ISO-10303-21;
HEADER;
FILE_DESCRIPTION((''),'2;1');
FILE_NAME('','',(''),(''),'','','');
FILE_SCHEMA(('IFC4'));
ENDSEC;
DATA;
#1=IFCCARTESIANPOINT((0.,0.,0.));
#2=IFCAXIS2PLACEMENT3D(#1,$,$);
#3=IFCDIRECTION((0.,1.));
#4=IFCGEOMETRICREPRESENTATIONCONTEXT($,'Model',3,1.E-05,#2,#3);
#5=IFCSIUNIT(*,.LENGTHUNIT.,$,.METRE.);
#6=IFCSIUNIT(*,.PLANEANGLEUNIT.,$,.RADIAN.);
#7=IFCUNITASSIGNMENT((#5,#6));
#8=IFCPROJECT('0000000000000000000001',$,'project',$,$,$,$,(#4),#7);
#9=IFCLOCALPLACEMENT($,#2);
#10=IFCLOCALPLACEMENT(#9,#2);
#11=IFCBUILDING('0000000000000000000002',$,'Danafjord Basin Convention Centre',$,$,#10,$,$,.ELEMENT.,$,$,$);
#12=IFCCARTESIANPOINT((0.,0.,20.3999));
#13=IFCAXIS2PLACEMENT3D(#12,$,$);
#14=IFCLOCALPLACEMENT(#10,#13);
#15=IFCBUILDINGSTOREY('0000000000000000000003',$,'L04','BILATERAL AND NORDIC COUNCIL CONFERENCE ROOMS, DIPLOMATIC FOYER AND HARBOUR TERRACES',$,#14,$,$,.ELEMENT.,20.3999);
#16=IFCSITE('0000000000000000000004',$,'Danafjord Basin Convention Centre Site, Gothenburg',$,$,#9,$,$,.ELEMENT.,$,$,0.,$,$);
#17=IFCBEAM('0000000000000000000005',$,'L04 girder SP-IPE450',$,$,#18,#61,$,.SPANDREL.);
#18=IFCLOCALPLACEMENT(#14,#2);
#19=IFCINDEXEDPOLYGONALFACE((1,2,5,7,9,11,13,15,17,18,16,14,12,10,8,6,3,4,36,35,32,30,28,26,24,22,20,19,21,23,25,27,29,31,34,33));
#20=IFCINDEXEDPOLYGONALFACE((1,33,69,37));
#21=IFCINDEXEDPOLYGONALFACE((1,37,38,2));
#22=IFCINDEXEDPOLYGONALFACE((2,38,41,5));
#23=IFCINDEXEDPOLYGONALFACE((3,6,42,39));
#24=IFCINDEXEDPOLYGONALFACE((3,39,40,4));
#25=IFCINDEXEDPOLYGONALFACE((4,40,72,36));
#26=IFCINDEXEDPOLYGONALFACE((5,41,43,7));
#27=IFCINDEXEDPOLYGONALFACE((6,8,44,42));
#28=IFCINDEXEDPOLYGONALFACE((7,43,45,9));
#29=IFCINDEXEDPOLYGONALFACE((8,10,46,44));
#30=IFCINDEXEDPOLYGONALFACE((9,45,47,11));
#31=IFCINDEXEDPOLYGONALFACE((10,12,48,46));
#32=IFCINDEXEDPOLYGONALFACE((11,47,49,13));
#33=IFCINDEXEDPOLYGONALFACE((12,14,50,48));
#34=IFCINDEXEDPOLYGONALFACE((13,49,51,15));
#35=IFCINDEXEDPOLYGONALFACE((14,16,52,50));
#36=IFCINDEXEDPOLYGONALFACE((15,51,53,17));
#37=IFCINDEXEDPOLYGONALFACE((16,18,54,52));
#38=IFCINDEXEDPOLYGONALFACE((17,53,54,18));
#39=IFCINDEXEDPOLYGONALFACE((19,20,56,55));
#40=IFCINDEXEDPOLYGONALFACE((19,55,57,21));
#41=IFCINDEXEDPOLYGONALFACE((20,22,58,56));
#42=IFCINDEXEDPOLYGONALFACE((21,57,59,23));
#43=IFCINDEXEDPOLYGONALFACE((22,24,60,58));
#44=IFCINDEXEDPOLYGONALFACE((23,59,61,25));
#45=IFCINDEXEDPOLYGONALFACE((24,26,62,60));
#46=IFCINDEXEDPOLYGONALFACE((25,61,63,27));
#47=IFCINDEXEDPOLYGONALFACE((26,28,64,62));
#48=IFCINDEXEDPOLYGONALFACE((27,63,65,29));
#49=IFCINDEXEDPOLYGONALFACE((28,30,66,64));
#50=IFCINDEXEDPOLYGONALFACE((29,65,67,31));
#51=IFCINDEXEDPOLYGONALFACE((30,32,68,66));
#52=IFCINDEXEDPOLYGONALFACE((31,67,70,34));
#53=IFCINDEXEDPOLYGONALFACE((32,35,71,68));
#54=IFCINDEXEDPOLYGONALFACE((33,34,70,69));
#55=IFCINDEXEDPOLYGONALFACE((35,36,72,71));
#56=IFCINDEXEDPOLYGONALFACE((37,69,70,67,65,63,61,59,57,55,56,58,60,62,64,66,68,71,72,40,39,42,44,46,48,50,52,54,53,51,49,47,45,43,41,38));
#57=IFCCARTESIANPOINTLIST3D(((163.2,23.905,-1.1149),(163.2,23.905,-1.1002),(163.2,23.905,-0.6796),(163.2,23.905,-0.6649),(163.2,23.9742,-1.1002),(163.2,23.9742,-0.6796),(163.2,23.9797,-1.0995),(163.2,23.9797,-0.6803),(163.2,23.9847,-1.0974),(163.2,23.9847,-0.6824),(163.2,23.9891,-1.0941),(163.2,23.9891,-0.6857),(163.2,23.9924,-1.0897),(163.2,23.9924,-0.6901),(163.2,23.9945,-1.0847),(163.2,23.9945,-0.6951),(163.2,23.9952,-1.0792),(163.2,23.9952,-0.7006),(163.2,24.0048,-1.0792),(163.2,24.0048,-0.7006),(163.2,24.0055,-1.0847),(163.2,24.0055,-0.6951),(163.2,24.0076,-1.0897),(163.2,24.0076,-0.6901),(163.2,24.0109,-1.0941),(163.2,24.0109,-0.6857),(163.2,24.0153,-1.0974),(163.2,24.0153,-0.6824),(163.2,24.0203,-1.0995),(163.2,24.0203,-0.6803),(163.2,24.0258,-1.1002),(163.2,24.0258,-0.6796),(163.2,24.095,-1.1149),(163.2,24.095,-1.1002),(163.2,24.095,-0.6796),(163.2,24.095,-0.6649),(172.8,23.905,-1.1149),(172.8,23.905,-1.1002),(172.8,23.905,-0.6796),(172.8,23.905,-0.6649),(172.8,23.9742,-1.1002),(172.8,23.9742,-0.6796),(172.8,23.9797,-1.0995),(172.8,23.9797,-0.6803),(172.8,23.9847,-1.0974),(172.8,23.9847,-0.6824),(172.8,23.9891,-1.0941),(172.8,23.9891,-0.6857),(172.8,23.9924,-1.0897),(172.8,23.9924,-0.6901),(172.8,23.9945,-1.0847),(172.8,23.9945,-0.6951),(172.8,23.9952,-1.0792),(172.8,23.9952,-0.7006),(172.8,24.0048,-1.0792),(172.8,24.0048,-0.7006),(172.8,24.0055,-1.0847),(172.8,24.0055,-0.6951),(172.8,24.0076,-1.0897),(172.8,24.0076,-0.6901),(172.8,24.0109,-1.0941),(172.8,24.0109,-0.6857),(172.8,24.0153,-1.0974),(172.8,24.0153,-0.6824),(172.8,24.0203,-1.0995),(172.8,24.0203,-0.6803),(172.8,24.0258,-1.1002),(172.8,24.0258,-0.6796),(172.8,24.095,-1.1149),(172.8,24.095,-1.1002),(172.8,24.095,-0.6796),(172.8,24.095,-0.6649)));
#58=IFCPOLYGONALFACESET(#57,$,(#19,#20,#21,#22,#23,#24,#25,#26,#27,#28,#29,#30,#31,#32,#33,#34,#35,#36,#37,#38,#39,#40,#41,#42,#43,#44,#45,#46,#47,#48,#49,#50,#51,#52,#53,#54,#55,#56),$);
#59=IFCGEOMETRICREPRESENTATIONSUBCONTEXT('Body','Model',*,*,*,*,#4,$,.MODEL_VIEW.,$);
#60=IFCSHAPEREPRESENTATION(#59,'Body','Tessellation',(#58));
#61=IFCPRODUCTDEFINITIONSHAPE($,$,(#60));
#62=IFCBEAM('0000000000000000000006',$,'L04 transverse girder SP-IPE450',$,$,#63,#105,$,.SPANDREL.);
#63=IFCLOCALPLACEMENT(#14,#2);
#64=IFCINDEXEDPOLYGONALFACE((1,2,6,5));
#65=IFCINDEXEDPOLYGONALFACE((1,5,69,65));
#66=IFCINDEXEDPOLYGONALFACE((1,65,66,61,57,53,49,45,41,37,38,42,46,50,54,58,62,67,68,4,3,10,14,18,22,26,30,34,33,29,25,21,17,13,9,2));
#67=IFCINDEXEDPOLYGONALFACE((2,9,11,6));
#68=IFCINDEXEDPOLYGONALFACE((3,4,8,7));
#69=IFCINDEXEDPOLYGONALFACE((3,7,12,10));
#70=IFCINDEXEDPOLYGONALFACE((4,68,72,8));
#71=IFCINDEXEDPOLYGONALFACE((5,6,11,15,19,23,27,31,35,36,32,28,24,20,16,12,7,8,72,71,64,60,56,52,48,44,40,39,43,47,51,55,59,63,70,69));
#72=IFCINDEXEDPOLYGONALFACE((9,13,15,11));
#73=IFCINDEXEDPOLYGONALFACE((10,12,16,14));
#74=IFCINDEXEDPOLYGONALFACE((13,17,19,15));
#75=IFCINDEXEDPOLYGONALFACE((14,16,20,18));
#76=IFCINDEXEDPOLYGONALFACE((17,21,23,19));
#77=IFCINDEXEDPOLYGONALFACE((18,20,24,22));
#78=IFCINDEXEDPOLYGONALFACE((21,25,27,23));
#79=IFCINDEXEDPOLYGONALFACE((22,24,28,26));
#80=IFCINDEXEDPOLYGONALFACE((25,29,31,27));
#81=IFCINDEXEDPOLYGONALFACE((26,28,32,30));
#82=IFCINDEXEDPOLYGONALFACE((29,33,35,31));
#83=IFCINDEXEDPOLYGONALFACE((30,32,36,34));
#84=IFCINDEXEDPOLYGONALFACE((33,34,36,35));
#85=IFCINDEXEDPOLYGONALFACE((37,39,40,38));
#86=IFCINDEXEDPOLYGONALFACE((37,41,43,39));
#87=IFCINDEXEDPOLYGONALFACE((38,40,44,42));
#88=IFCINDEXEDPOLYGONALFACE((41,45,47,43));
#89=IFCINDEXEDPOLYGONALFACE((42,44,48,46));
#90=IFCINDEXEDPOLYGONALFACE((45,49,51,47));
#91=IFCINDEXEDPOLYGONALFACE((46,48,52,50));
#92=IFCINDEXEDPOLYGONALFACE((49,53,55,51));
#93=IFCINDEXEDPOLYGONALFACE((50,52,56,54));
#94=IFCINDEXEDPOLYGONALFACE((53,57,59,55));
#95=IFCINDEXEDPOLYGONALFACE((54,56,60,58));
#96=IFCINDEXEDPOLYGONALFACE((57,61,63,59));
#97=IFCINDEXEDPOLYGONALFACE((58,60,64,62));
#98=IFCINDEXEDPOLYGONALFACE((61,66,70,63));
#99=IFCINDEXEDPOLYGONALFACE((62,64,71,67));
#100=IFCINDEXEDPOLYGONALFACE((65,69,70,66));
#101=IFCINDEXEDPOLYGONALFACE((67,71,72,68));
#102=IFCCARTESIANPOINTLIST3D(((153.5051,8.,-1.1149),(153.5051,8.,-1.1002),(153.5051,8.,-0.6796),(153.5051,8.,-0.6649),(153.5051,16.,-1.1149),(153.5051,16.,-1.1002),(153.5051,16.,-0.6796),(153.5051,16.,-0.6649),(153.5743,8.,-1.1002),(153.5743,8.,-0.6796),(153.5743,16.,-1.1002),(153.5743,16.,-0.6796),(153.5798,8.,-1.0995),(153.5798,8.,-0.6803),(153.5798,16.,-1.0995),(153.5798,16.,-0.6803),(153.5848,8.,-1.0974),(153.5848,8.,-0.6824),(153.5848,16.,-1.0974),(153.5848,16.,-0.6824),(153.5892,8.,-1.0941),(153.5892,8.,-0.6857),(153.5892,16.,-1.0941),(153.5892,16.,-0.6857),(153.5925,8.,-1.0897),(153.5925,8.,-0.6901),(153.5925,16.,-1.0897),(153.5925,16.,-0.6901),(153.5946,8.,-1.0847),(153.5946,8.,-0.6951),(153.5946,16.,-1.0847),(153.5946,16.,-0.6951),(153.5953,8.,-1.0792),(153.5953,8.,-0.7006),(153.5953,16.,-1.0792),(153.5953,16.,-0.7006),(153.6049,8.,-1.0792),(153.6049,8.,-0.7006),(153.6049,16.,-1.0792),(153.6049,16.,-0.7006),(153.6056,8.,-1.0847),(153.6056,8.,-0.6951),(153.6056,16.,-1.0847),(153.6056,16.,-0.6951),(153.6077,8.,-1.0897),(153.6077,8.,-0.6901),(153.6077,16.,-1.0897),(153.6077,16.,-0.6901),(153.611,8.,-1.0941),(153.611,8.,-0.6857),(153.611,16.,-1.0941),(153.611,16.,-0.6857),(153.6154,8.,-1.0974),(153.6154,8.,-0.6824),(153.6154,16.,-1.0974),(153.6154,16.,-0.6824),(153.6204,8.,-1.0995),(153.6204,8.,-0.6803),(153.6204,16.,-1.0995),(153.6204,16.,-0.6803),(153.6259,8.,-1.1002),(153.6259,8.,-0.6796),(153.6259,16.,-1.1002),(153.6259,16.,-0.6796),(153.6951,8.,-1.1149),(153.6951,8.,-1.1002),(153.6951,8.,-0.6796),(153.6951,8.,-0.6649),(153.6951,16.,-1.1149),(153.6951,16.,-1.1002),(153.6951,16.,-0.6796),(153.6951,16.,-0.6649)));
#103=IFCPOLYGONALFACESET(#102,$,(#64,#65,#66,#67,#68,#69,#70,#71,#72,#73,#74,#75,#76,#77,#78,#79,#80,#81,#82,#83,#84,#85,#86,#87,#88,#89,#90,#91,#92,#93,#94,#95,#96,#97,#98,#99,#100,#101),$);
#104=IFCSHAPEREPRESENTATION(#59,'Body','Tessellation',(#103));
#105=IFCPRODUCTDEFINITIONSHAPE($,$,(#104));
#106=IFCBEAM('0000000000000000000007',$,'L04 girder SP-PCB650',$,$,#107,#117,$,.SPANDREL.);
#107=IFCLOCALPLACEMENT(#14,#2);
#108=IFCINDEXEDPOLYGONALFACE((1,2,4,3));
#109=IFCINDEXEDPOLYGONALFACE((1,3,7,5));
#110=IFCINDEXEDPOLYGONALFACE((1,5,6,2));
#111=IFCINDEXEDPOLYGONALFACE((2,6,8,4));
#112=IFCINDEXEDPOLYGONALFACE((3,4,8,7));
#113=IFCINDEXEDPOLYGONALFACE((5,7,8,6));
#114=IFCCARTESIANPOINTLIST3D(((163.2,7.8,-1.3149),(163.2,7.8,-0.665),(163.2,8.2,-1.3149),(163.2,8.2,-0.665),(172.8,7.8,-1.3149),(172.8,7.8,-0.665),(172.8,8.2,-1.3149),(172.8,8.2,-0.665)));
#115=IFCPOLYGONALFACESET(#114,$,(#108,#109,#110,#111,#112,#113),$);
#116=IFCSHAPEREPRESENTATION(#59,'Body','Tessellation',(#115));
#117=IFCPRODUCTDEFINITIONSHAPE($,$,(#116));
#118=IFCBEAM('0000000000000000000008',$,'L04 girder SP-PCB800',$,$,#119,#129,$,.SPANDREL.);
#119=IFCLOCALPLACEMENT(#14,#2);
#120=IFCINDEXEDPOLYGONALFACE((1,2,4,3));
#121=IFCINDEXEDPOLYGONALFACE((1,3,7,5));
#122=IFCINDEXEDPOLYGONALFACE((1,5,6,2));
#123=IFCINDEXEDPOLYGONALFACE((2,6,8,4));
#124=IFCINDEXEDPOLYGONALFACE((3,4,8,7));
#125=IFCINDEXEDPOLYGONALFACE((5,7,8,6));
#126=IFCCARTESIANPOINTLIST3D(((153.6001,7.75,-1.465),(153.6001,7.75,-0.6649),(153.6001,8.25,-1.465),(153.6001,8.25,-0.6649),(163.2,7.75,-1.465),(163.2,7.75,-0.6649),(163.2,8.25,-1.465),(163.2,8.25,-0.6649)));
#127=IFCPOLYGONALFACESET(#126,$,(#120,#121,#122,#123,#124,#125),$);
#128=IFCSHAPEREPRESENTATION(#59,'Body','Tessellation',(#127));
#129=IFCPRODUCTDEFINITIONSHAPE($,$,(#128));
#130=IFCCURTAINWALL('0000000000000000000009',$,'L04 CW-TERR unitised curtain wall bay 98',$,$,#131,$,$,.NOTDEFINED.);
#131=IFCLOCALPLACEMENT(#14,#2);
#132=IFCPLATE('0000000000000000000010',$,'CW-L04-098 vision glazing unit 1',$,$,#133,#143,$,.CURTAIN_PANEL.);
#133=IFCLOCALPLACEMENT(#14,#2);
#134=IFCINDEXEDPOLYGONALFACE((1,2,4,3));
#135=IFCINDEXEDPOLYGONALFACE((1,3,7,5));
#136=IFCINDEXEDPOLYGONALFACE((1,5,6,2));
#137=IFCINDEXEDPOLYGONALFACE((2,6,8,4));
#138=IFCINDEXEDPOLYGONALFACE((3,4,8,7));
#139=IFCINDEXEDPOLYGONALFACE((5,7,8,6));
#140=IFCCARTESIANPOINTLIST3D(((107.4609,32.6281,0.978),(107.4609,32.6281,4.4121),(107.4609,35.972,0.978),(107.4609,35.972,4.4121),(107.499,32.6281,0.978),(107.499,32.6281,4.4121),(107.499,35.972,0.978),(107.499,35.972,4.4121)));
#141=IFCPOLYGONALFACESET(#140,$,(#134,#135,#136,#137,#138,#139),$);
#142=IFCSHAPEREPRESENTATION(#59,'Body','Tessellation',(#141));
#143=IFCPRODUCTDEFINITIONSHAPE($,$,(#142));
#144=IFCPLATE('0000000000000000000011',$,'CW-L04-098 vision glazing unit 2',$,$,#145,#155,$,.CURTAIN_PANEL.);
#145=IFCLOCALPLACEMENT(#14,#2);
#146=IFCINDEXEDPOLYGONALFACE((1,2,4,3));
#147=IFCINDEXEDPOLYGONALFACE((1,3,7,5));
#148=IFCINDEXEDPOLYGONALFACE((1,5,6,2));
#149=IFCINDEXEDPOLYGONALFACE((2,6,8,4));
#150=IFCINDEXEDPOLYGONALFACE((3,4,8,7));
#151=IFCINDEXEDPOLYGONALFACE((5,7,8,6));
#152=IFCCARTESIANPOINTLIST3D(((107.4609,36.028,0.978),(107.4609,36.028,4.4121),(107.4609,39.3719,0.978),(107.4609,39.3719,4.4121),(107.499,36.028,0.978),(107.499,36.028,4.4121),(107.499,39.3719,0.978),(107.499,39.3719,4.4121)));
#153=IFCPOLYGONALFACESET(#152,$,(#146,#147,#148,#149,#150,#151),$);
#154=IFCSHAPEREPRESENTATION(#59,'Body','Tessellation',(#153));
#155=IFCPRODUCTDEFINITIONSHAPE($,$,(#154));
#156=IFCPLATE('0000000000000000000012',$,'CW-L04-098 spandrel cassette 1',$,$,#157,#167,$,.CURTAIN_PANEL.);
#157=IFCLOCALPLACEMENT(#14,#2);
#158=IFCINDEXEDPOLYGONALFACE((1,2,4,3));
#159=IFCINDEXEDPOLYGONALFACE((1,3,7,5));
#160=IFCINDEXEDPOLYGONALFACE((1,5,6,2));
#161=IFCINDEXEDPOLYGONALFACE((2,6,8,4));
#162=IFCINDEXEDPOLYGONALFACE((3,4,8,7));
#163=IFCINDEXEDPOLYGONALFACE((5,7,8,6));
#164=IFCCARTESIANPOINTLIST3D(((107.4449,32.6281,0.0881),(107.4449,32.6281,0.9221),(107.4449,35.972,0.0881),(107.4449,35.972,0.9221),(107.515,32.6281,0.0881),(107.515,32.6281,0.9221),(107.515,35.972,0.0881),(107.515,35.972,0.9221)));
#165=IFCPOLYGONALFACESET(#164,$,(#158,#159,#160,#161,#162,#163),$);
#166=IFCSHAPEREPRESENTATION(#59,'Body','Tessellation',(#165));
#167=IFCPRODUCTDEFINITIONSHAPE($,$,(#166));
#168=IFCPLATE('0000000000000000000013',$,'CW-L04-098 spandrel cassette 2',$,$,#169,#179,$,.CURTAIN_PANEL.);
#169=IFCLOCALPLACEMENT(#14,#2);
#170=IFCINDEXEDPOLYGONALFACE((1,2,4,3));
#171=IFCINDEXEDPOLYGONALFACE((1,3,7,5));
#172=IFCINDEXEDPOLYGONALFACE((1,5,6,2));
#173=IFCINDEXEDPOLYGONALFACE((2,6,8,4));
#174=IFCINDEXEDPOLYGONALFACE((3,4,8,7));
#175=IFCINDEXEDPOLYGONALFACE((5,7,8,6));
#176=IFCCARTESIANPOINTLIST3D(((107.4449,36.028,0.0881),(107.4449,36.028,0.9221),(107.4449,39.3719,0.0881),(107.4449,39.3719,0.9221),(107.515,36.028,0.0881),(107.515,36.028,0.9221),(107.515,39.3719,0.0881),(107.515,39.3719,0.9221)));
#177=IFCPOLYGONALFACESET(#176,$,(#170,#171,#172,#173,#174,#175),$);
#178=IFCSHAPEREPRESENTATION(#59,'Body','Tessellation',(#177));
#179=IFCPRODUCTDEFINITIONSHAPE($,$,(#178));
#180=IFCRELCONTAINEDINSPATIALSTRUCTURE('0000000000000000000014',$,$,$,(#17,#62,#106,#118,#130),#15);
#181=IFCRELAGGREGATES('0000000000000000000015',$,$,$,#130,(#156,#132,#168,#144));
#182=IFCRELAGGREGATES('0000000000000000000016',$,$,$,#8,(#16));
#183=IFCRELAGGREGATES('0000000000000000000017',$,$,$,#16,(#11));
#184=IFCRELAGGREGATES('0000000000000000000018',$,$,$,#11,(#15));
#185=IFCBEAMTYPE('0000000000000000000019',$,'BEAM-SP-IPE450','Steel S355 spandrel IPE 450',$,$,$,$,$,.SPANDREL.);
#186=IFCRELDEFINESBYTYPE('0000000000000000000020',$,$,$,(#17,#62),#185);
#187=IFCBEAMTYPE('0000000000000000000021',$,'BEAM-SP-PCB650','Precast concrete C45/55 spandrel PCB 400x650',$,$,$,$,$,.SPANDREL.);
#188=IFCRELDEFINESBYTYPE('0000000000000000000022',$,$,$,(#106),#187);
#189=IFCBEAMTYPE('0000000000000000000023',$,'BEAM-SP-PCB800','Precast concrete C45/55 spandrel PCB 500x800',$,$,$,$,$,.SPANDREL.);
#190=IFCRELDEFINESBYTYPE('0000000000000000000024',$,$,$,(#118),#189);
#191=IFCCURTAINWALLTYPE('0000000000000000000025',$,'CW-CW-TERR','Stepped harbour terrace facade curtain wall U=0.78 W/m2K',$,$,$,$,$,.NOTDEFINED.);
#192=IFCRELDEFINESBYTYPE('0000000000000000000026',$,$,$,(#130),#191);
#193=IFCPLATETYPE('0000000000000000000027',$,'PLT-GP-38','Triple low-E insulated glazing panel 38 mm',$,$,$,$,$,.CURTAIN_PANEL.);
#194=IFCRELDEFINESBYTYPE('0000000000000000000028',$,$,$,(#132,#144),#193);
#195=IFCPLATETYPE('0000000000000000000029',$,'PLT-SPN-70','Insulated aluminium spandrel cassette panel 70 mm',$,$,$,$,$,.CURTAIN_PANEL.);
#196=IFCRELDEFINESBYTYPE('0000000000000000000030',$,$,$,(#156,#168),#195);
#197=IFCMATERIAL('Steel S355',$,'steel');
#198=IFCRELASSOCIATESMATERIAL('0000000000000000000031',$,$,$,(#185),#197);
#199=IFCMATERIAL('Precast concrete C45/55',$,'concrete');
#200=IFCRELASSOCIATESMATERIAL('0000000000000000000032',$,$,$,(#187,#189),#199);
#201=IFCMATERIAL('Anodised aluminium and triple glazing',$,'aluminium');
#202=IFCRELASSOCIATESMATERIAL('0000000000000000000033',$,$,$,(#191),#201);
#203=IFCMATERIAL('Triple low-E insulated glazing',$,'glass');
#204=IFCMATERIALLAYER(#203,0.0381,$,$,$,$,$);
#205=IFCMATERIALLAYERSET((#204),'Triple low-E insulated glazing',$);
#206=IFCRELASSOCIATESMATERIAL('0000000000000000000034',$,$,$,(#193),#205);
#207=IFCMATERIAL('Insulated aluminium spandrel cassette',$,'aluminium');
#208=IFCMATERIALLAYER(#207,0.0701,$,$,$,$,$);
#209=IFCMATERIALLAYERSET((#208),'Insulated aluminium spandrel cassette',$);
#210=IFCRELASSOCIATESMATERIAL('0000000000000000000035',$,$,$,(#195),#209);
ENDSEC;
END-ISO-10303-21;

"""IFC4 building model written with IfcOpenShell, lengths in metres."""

from ifc_helpers import new_model, si_unit, direction, frame, origin, origin_2d, place, context, subcontext, project, spatial, rectangle, i_section, extrude, material, layer, layer_set, material_profile, profile_set, type_object, element, aggregate, save


model = new_model("IFC4")

# Units and contexts
model_context = context("Model", 3, precision=1e-05, world=origin(), true_north=direction((0.0, 1.0)))
body_context = subcontext(model_context, "Body", "Model", "MODEL_VIEW")
ifc_project = project(units=[si_unit("LENGTHUNIT", "METRE"), si_unit("PLANEANGLEUNIT", "RADIAN")], contexts=[model_context])

# Site, building, storey
site_placement = place(None, origin())
site = spatial("IfcSite", under=ifc_project, at=site_placement, Name="Danafjord Basin Convention Centre Site, Gothenburg", CompositionType="ELEMENT", RefElevation=0.0)
building_placement = place(site_placement, origin())
building = spatial("IfcBuilding", under=site, at=building_placement, Name="Danafjord Basin Convention Centre", CompositionType="ELEMENT")
storey_placement = place(building_placement, frame((0.0, 0.0, 20.3999)))
storey = spatial("IfcBuildingStorey", under=building, at=storey_placement, Name="L04", Description="BILATERAL AND NORDIC COUNCIL CONFERENCE ROOMS, DIPLOMATIC FOYER AND HARBOUR TERRACES", CompositionType="ELEMENT", Elevation=20.3999)

# Beams
ifc_material_1 = material(Name="Steel S355", Category="steel")
ifc_material_profile_1 = material_profile(ifc_material_1, i_section(OverallWidth=0.1899, OverallDepth=0.45, WebThickness=0.0095, FlangeThickness=0.0146, FilletRadius=0.021, at=origin_2d()), Name="IPE 450")
ifc_profile_set_1 = profile_set([ifc_material_profile_1], Name="Steel S355")
beam_type_1 = type_object("IfcBeamType", Name="BEAM-SP-IPE450", Description="Steel S355 spandrel IPE 450", PredefinedType="SPANDREL", material=ifc_profile_set_1)
beam_1_placement = place(storey_placement, frame((163.2, 24.0, -0.8899), z_axis=(1.0, 0.0, 0.0), x_axis=(0.0, 1.0, 0.0)))
element("IfcBeam", 1, at=beam_1_placement, inside=storey, type_object=beam_type_1, Name="L04 girder SP-IPE450", PredefinedType="SPANDREL", context=body_context, shape_type="SweptSolid", body=[
    extrude(i_section(OverallWidth=0.1899, OverallDepth=0.45, WebThickness=0.0095, FlangeThickness=0.0146, FilletRadius=0.021, at=origin_2d()), origin(), (0.0, 0.0, 1.0), 9.6001),
])
beam_2_placement = place(storey_placement, frame((153.6001, 8.0, -0.8899), z_axis=(0.0, 1.0, 0.0), x_axis=(-1.0, 0.0, 0.0)))
element("IfcBeam", 2, at=beam_2_placement, inside=storey, type_object=beam_type_1, Name="L04 transverse girder SP-IPE450", PredefinedType="SPANDREL", context=body_context, shape_type="SweptSolid", body=[
    extrude(i_section(OverallWidth=0.1899, OverallDepth=0.45, WebThickness=0.0095, FlangeThickness=0.0146, FilletRadius=0.021, at=origin_2d()), origin(), (0.0, 0.0, 1.0), 8.0),
])
ifc_material_2 = material(Name="Precast concrete C45/55", Category="concrete")
ifc_material_profile_2 = material_profile(ifc_material_2, rectangle(XDim=0.3999, YDim=0.6499, at=origin_2d()), Name="PCB 400x650")
ifc_profile_set_2 = profile_set([ifc_material_profile_2], Name="Precast concrete C45/55")
beam_type_2 = type_object("IfcBeamType", Name="BEAM-SP-PCB650", Description="Precast concrete C45/55 spandrel PCB 400x650", PredefinedType="SPANDREL", material=ifc_profile_set_2)
beam_3_placement = place(storey_placement, frame((163.2, 8.0, -0.99), z_axis=(1.0, 0.0, 0.0), x_axis=(0.0, 1.0, 0.0)))
element("IfcBeam", 3, at=beam_3_placement, inside=storey, type_object=beam_type_2, Name="L04 girder SP-PCB650", PredefinedType="SPANDREL", context=body_context, shape_type="SweptSolid", body=[
    extrude(rectangle(XDim=0.3999, YDim=0.6499, at=origin_2d()), origin(), (0.0, 0.0, 1.0), 9.6001),
])
ifc_material_profile_3 = material_profile(ifc_material_2, rectangle(XDim=0.5, YDim=0.8, at=origin_2d()), Name="PCB 500x800")
ifc_profile_set_3 = profile_set([ifc_material_profile_3], Name="Precast concrete C45/55")
beam_type_3 = type_object("IfcBeamType", Name="BEAM-SP-PCB800", Description="Precast concrete C45/55 spandrel PCB 500x800", PredefinedType="SPANDREL", material=ifc_profile_set_3)
beam_4_placement = place(storey_placement, frame((153.6001, 8.0, -1.0649), z_axis=(1.0, 0.0, 0.0), x_axis=(0.0, 1.0, 0.0)))
element("IfcBeam", 4, at=beam_4_placement, inside=storey, type_object=beam_type_3, Name="L04 girder SP-PCB800", PredefinedType="SPANDREL", context=body_context, shape_type="SweptSolid", body=[
    extrude(rectangle(XDim=0.5, YDim=0.8, at=origin_2d()), origin(), (0.0, 0.0, 1.0), 9.5999),
])

# Curtain wall, plates
ifc_material_3 = material(Name="Anodised aluminium and triple glazing", Category="aluminium")
curtain_wall_type = type_object("IfcCurtainWallType", Name="CW-CW-TERR", Description="Stepped harbour terrace facade curtain wall U=0.78 W/m2K", PredefinedType="NOTDEFINED", material=ifc_material_3)
curtain_wall_placement = place(storey_placement, origin())
curtain_wall = element("IfcCurtainWall", 5, at=curtain_wall_placement, inside=storey, type_object=curtain_wall_type, Name="L04 CW-TERR unitised curtain wall bay 98", PredefinedType="NOTDEFINED")
ifc_material_4 = material(Name="Triple low-E insulated glazing", Category="glass")
ifc_layer_1 = layer(ifc_material_4, 0.0381)
ifc_layer_set_1 = layer_set([ifc_layer_1], Name="Triple low-E insulated glazing")
plate_type_1 = type_object("IfcPlateType", Name="PLT-GP-38", Description="Triple low-E insulated glazing panel 38 mm", PredefinedType="CURTAIN_PANEL", material=ifc_layer_set_1)
plate_1_placement = place(storey_placement, frame((107.48, 34.3, 0.978), z_axis=(0.0, 0.0, 1.0), x_axis=(0.0, 1.0, 0.0)))
plate_1 = element("IfcPlate", 6, at=plate_1_placement, type_object=plate_type_1, Name="CW-L04-098 vision glazing unit 1", PredefinedType="CURTAIN_PANEL", context=body_context, shape_type="SweptSolid", body=[
    extrude(rectangle(XDim=3.344, YDim=0.0381, at=origin_2d()), origin(), (0.0, 0.0, 1.0), 3.4341),
])
plate_2_placement = place(storey_placement, frame((107.48, 37.7, 0.978), z_axis=(0.0, 0.0, 1.0), x_axis=(0.0, 1.0, 0.0)))
plate_2 = element("IfcPlate", 7, at=plate_2_placement, type_object=plate_type_1, Name="CW-L04-098 vision glazing unit 2", PredefinedType="CURTAIN_PANEL", context=body_context, shape_type="SweptSolid", body=[
    extrude(rectangle(XDim=3.344, YDim=0.0381, at=origin_2d()), origin(), (0.0, 0.0, 1.0), 3.4341),
])
ifc_material_5 = material(Name="Insulated aluminium spandrel cassette", Category="aluminium")
ifc_layer_2 = layer(ifc_material_5, 0.0701)
ifc_layer_set_2 = layer_set([ifc_layer_2], Name="Insulated aluminium spandrel cassette")
plate_type_2 = type_object("IfcPlateType", Name="PLT-SPN-70", Description="Insulated aluminium spandrel cassette panel 70 mm", PredefinedType="CURTAIN_PANEL", material=ifc_layer_set_2)
plate_3_placement = place(storey_placement, frame((107.48, 34.3, 0.0881), z_axis=(0.0, 0.0, 1.0), x_axis=(0.0, 1.0, 0.0)))
plate_3 = element("IfcPlate", 8, at=plate_3_placement, type_object=plate_type_2, Name="CW-L04-098 spandrel cassette 1", PredefinedType="CURTAIN_PANEL", context=body_context, shape_type="SweptSolid", body=[
    extrude(rectangle(XDim=3.344, YDim=0.0701, at=origin_2d()), origin(), (0.0, 0.0, 1.0), 0.834),
])
plate_4_placement = place(storey_placement, frame((107.48, 37.7, 0.0881), z_axis=(0.0, 0.0, 1.0), x_axis=(0.0, 1.0, 0.0)))
plate_4 = element("IfcPlate", 9, at=plate_4_placement, type_object=plate_type_2, Name="CW-L04-098 spandrel cassette 2", PredefinedType="CURTAIN_PANEL", context=body_context, shape_type="SweptSolid", body=[
    extrude(rectangle(XDim=3.344, YDim=0.0701, at=origin_2d()), origin(), (0.0, 0.0, 1.0), 0.834),
])
aggregate(curtain_wall, [plate_3, plate_1, plate_4, plate_2])

save(model, "model.ifc")
